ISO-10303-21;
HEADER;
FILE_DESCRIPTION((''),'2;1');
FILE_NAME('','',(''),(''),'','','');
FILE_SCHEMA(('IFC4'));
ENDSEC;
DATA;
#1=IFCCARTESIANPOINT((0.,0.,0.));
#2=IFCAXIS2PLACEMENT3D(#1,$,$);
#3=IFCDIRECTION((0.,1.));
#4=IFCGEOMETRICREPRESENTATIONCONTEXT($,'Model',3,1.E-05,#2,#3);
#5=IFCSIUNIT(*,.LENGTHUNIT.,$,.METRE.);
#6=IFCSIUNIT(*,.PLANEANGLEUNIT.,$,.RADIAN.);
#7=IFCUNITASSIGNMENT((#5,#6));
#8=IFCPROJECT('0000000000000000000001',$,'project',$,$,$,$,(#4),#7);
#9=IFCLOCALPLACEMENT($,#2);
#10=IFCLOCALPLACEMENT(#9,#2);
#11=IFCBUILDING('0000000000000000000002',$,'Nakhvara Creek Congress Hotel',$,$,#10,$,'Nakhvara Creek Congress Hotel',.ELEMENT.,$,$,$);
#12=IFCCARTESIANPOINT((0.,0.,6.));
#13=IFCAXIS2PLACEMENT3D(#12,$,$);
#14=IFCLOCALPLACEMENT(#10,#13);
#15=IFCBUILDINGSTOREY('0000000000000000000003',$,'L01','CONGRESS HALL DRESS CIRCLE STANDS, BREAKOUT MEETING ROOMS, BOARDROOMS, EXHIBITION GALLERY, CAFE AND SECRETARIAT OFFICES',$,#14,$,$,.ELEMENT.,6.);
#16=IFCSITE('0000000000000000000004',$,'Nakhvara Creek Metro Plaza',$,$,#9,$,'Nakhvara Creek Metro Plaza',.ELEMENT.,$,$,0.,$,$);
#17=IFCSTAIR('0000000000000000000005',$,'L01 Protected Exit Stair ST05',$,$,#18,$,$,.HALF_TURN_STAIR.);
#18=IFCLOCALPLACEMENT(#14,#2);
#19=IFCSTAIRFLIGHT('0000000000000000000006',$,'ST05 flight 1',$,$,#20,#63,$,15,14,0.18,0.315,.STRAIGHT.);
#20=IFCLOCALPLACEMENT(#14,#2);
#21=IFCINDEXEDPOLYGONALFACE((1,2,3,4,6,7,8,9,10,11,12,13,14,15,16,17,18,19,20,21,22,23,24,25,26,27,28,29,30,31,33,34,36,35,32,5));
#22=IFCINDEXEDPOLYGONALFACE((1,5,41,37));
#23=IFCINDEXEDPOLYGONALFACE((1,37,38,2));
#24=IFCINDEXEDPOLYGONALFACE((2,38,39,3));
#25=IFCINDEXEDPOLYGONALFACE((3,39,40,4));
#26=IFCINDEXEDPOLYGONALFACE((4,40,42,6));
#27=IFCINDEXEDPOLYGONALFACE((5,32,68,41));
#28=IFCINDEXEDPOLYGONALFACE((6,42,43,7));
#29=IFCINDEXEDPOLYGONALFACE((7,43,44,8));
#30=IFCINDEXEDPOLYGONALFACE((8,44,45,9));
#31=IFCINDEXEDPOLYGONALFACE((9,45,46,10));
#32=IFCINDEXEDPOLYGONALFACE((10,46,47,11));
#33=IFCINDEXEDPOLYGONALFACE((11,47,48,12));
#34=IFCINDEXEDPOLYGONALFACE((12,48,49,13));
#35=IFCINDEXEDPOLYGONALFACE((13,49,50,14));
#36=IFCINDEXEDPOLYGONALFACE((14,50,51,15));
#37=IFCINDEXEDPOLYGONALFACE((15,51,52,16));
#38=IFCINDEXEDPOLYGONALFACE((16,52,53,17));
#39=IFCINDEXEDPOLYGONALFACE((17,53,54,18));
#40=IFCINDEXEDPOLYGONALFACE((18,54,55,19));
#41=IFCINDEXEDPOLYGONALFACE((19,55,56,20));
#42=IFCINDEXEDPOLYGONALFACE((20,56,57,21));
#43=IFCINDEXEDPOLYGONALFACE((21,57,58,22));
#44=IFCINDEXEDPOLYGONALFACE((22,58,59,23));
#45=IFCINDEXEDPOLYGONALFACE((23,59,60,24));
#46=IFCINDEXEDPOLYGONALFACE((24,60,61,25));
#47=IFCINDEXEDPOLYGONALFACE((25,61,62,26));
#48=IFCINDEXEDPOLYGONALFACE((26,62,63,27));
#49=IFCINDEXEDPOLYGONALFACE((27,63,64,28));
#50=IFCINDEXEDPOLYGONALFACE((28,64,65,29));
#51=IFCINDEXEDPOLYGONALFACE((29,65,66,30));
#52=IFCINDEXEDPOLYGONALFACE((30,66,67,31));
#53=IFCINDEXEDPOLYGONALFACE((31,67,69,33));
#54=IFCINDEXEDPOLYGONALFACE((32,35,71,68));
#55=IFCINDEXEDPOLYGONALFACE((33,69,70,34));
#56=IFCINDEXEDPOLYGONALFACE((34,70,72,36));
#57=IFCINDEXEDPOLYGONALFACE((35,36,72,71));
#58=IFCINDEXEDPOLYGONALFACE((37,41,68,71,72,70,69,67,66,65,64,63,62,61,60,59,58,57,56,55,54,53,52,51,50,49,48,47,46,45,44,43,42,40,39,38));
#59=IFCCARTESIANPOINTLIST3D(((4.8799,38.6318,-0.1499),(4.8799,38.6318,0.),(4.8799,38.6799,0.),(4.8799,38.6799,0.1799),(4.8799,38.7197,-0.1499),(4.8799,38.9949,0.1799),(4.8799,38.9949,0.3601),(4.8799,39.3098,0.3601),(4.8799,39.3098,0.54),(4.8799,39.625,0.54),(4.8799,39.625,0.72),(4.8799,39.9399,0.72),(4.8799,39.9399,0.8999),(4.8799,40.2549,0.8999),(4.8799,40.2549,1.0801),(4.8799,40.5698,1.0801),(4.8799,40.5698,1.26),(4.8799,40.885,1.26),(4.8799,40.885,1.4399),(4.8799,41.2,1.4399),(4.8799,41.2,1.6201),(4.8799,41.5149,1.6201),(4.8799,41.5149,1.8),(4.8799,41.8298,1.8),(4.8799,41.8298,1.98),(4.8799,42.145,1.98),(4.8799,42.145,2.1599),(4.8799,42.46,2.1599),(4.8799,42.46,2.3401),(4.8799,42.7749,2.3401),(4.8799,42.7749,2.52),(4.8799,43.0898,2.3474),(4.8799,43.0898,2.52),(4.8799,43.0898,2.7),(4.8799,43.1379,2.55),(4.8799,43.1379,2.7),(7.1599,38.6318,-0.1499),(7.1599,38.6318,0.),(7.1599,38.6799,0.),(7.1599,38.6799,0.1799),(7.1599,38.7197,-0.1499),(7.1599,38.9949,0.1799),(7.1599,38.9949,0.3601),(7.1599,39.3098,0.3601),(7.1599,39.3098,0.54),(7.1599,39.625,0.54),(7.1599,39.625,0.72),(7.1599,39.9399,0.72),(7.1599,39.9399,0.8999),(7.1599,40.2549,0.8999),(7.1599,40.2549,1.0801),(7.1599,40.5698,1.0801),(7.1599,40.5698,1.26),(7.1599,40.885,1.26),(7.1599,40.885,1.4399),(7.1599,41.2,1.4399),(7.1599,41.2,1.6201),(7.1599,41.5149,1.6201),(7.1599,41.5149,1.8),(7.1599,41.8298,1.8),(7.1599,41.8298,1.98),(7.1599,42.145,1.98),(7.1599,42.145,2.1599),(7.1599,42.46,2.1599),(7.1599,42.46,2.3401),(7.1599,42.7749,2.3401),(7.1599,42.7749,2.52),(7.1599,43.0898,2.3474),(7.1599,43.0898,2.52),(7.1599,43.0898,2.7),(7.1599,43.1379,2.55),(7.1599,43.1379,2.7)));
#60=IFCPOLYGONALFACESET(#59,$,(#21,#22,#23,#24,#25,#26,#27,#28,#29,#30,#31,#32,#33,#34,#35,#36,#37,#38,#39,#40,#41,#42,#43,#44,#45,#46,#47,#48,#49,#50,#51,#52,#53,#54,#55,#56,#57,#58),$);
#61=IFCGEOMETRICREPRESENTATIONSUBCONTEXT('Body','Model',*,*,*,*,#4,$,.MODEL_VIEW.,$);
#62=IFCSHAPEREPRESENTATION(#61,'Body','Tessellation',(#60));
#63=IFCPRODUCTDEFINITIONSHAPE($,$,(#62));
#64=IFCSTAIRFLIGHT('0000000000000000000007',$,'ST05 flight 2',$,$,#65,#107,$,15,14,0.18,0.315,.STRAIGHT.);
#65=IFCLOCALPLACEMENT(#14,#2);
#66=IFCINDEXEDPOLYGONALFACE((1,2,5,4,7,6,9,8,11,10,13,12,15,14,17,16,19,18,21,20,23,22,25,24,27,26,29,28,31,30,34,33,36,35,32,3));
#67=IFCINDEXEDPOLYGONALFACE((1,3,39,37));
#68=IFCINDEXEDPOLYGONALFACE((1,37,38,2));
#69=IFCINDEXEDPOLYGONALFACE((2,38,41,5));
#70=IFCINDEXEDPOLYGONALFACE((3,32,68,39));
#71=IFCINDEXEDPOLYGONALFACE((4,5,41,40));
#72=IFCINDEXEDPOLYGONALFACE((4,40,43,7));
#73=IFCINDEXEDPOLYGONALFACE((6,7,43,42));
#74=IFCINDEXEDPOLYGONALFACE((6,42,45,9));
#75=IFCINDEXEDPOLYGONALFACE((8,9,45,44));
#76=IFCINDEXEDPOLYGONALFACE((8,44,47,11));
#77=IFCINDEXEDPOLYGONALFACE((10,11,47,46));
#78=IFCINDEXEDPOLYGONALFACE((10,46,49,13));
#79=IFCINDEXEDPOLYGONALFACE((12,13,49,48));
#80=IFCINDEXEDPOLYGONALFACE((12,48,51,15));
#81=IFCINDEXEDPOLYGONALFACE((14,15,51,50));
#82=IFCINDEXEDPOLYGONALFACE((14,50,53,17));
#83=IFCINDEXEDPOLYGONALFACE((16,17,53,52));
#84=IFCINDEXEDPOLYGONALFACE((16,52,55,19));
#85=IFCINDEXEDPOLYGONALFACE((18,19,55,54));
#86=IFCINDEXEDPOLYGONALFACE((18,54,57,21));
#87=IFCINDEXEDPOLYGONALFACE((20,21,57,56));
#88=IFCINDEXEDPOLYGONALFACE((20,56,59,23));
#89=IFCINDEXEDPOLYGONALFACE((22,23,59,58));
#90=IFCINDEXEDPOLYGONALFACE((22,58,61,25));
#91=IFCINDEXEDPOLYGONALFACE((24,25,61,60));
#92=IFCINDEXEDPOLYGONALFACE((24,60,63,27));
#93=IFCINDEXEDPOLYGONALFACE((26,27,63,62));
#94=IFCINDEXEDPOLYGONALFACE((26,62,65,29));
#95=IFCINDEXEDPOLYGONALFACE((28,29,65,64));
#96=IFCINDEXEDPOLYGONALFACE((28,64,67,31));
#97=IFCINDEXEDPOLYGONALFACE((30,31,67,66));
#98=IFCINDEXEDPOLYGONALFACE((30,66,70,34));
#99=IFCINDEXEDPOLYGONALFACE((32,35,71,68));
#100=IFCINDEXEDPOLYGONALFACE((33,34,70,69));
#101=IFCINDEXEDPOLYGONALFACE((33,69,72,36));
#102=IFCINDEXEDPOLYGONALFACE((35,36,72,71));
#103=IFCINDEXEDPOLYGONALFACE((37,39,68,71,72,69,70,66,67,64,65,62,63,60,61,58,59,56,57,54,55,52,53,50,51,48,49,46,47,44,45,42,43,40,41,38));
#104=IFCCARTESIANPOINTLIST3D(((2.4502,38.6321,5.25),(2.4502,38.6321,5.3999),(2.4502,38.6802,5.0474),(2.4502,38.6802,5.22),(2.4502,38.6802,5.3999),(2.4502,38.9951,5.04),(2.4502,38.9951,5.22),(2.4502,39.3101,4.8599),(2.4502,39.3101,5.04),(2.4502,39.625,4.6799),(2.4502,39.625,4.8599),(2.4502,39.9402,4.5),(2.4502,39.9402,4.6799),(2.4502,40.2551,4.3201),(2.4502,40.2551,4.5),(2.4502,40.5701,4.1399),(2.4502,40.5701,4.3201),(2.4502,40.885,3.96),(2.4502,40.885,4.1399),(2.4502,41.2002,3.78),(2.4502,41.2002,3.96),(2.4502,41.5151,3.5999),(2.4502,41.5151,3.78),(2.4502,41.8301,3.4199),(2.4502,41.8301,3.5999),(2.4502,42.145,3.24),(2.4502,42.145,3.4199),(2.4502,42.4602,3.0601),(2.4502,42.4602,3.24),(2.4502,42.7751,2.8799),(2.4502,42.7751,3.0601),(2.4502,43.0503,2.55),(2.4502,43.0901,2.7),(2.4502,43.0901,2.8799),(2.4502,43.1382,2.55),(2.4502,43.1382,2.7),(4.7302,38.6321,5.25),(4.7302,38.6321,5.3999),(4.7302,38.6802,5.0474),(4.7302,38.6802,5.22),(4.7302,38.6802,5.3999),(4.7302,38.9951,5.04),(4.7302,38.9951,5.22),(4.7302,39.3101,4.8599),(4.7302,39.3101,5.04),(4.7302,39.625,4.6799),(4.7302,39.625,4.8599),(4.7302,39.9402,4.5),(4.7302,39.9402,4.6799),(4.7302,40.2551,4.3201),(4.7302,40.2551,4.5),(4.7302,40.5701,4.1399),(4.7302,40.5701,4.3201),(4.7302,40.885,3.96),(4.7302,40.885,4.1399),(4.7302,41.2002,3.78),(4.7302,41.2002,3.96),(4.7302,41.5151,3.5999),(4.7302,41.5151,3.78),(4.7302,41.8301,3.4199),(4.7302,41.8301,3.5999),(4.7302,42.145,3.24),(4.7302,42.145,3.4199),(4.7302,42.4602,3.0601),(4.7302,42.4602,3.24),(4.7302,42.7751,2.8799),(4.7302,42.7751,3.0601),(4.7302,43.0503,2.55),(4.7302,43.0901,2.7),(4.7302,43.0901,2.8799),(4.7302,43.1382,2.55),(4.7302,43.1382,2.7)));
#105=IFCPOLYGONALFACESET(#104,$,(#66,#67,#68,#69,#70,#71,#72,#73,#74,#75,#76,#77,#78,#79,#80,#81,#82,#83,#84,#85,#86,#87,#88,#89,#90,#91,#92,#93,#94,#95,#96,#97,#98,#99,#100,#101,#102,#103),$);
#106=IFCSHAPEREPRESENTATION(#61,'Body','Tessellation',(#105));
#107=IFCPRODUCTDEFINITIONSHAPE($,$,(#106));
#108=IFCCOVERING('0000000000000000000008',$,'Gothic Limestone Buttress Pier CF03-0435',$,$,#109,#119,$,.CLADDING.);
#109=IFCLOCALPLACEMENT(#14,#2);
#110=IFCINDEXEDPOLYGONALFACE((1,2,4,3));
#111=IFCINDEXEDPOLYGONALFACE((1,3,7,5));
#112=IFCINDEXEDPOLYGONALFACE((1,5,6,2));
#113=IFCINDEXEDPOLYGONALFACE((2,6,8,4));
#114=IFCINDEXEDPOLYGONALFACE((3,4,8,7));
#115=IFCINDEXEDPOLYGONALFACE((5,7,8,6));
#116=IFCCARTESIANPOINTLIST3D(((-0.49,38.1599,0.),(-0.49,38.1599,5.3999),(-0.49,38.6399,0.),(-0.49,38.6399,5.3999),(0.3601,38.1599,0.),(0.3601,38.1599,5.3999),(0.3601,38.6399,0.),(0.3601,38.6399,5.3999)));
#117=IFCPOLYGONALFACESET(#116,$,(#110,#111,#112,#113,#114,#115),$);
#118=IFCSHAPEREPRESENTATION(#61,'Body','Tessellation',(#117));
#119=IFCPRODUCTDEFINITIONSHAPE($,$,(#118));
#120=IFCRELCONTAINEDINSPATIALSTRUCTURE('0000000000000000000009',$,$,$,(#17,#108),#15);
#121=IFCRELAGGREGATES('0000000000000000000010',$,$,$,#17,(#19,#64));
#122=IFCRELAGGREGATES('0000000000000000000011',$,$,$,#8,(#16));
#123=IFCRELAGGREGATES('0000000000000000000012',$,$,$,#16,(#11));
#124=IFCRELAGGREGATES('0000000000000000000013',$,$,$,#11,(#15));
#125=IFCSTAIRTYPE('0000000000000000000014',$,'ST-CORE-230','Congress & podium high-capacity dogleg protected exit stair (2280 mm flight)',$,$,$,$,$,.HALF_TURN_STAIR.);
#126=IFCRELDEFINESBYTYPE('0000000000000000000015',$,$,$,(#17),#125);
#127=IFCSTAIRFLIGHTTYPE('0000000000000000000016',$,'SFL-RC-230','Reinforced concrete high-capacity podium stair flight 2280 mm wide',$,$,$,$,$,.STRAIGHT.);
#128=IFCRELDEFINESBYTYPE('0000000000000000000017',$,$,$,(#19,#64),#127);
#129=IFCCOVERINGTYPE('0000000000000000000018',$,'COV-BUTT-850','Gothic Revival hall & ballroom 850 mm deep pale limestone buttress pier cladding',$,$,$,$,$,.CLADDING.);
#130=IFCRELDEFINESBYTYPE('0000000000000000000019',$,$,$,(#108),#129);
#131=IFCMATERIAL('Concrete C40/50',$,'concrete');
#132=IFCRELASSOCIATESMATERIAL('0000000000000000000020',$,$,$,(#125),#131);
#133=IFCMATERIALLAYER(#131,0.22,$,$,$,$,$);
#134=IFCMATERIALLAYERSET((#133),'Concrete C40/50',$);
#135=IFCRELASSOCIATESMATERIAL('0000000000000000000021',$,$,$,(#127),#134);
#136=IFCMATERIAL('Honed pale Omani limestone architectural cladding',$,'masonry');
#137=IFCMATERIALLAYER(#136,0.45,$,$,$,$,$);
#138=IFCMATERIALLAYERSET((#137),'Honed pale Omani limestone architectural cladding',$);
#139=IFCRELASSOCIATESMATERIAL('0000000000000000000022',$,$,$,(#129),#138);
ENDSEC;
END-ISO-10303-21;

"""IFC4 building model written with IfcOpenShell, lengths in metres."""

from ifc_helpers import new_model, si_unit, direction, frame, origin, origin_2d, place, context, subcontext, project, spatial, polyline, rectangle, outline, extrude, material, layer, layer_set, type_object, element, aggregate, save


model = new_model("IFC4")

# Units and contexts
model_context = context("Model", 3, precision=1e-05, world=origin(), true_north=direction((0.0, 1.0)))
body_context = subcontext(model_context, "Body", "Model", "MODEL_VIEW")
ifc_project = project(units=[si_unit("LENGTHUNIT", "METRE"), si_unit("PLANEANGLEUNIT", "RADIAN")], contexts=[model_context])

# Site, building, storey
site_placement = place(None, origin())
site = spatial("IfcSite", under=ifc_project, at=site_placement, Name="Nakhvara Creek Metro Plaza", LongName="Nakhvara Creek Metro Plaza", CompositionType="ELEMENT", RefElevation=0.0)
building_placement = place(site_placement, origin())
building = spatial("IfcBuilding", under=site, at=building_placement, Name="Nakhvara Creek Congress Hotel", LongName="Nakhvara Creek Congress Hotel", CompositionType="ELEMENT")
storey_placement = place(building_placement, frame((0.0, 0.0, 6.0)))
storey = spatial("IfcBuildingStorey", under=building, at=storey_placement, Name="L01", Description="CONGRESS HALL DRESS CIRCLE STANDS, BREAKOUT MEETING ROOMS, BOARDROOMS, EXHIBITION GALLERY, CAFE AND SECRETARIAT OFFICES", CompositionType="ELEMENT", Elevation=6.0)

# Shared definitions
ifc_material_1 = material(Name="Concrete C40/50", Category="concrete")

# Stair, stair flights
stair_type_1 = type_object("IfcStairType", Name="ST-CORE-230", Description="Congress & podium high-capacity dogleg protected exit stair (2280 mm flight)", PredefinedType="HALF_TURN_STAIR", material=ifc_material_1)
stair_1_placement = place(storey_placement, origin())
stair_1 = element("IfcStair", 1, at=stair_1_placement, inside=storey, type_object=stair_type_1, Name="L01 Protected Exit Stair ST05", PredefinedType="HALF_TURN_STAIR")
ifc_layer_1 = layer(ifc_material_1, 0.22)
ifc_layer_set_1 = layer_set([ifc_layer_1], Name="Concrete C40/50")
stair_flight_type_1 = type_object("IfcStairFlightType", Name="SFL-RC-230", Description="Reinforced concrete high-capacity podium stair flight 2280 mm wide", PredefinedType="STRAIGHT", material=ifc_layer_set_1)
stair_flight_1_placement = place(storey_placement, frame((6.02, 38.6799, 0.0), z_axis=(0.0, 0.0, 1.0), x_axis=(0.0, 1.0, 0.0)))
stair_flight_1 = element("IfcStairFlight", 2, at=stair_flight_1_placement, type_object=stair_flight_type_1, Name="ST05 flight 1", NumberOfRisers=15, NumberOfTreads=14, PredefinedType="STRAIGHT", RiserHeight=0.18, TreadLength=0.315, context=body_context, shape_type="SweptSolid", body=[
    extrude(outline(polyline([(-0.0481, 0.0), (0.0, 0.0), (0.0, 0.1799), (0.3149, 0.1799), (0.3149, 0.3601), (0.6299, 0.3601), (0.6299, 0.54), (0.9451, 0.54), (0.9451, 0.72), (1.26, 0.72), (1.26, 0.8999), (1.575, 0.8999), (1.575, 1.0801), (1.8899, 1.0801), (1.8899, 1.26), (2.2051, 1.26), (2.2051, 1.4399), (2.52, 1.4399), (2.52, 1.6201), (2.835, 1.6201), (2.835, 1.8), (3.1499, 1.8), (3.1499, 1.98), (3.4651, 1.98), (3.4651, 2.1599), (3.78, 2.1599), (3.78, 2.3401), (4.095, 2.3401), (4.095, 2.52), (4.4099, 2.52), (4.4099, 2.7), (4.458, 2.7), (4.458, 2.55), (4.4099, 2.3474), (0.0398, -0.1499), (-0.0481, -0.1499), (-0.0481, 0.0)])), frame((0.0, 1.1401, 0.0), z_axis=(0.0, -1.0, 0.0), x_axis=(1.0, 0.0, 0.0)), (0.0, 0.0, 1.0), 2.28),
])
stair_flight_2_placement = place(storey_placement, frame((3.5901, 43.0901, 2.7), z_axis=(0.0, 0.0, 1.0), x_axis=(0.0, -1.0, 0.0)))
stair_flight_2 = element("IfcStairFlight", 3, at=stair_flight_2_placement, type_object=stair_flight_type_1, Name="ST05 flight 2", NumberOfRisers=15, NumberOfTreads=14, PredefinedType="STRAIGHT", RiserHeight=0.18, TreadLength=0.315, context=body_context, shape_type="SweptSolid", body=[
    extrude(outline(polyline([(-0.0481, 0.0), (0.0, 0.0), (0.0, 0.1799), (0.3149, 0.1799), (0.3149, 0.3601), (0.6299, 0.3601), (0.6299, 0.54), (0.9451, 0.54), (0.9451, 0.72), (1.26, 0.72), (1.26, 0.8999), (1.575, 0.8999), (1.575, 1.0801), (1.8899, 1.0801), (1.8899, 1.26), (2.2051, 1.26), (2.2051, 1.4399), (2.52, 1.4399), (2.52, 1.6201), (2.835, 1.6201), (2.835, 1.8), (3.1499, 1.8), (3.1499, 1.98), (3.4651, 1.98), (3.4651, 2.1599), (3.78, 2.1599), (3.78, 2.3401), (4.095, 2.3401), (4.095, 2.52), (4.4099, 2.52), (4.4099, 2.7), (4.458, 2.7), (4.458, 2.55), (4.4099, 2.3474), (0.0398, -0.1499), (-0.0481, -0.1499), (-0.0481, 0.0)])), frame((0.0, 1.1401, 0.0), z_axis=(0.0, -1.0, 0.0), x_axis=(1.0, 0.0, 0.0)), (0.0, 0.0, 1.0), 2.28),
])
aggregate(stair_1, [stair_flight_1, stair_flight_2])

# Covering
ifc_material_2 = material(Name="Honed pale Omani limestone architectural cladding", Category="masonry")
ifc_layer_2 = layer(ifc_material_2, 0.45)
ifc_layer_set_2 = layer_set([ifc_layer_2], Name="Honed pale Omani limestone architectural cladding")
covering_type = type_object("IfcCoveringType", Name="COV-BUTT-850", Description="Gothic Revival hall & ballroom 850 mm deep pale limestone buttress pier cladding", PredefinedType="CLADDING", material=ifc_layer_set_2)
covering_placement = place(storey_placement, frame((-0.0649, 38.3999, 0.0), z_axis=(0.0, 0.0, 1.0), x_axis=(0.0, 1.0, 0.0)))
element("IfcCovering", 4, at=covering_placement, inside=storey, type_object=covering_type, Name="Gothic Limestone Buttress Pier CF03-0435", PredefinedType="CLADDING", context=body_context, shape_type="SweptSolid", body=[
    extrude(rectangle(XDim=0.48, YDim=0.8501, at=origin_2d()), origin(), (0.0, 0.0, 1.0), 5.3999),
])

save(model, "model.ifc")
